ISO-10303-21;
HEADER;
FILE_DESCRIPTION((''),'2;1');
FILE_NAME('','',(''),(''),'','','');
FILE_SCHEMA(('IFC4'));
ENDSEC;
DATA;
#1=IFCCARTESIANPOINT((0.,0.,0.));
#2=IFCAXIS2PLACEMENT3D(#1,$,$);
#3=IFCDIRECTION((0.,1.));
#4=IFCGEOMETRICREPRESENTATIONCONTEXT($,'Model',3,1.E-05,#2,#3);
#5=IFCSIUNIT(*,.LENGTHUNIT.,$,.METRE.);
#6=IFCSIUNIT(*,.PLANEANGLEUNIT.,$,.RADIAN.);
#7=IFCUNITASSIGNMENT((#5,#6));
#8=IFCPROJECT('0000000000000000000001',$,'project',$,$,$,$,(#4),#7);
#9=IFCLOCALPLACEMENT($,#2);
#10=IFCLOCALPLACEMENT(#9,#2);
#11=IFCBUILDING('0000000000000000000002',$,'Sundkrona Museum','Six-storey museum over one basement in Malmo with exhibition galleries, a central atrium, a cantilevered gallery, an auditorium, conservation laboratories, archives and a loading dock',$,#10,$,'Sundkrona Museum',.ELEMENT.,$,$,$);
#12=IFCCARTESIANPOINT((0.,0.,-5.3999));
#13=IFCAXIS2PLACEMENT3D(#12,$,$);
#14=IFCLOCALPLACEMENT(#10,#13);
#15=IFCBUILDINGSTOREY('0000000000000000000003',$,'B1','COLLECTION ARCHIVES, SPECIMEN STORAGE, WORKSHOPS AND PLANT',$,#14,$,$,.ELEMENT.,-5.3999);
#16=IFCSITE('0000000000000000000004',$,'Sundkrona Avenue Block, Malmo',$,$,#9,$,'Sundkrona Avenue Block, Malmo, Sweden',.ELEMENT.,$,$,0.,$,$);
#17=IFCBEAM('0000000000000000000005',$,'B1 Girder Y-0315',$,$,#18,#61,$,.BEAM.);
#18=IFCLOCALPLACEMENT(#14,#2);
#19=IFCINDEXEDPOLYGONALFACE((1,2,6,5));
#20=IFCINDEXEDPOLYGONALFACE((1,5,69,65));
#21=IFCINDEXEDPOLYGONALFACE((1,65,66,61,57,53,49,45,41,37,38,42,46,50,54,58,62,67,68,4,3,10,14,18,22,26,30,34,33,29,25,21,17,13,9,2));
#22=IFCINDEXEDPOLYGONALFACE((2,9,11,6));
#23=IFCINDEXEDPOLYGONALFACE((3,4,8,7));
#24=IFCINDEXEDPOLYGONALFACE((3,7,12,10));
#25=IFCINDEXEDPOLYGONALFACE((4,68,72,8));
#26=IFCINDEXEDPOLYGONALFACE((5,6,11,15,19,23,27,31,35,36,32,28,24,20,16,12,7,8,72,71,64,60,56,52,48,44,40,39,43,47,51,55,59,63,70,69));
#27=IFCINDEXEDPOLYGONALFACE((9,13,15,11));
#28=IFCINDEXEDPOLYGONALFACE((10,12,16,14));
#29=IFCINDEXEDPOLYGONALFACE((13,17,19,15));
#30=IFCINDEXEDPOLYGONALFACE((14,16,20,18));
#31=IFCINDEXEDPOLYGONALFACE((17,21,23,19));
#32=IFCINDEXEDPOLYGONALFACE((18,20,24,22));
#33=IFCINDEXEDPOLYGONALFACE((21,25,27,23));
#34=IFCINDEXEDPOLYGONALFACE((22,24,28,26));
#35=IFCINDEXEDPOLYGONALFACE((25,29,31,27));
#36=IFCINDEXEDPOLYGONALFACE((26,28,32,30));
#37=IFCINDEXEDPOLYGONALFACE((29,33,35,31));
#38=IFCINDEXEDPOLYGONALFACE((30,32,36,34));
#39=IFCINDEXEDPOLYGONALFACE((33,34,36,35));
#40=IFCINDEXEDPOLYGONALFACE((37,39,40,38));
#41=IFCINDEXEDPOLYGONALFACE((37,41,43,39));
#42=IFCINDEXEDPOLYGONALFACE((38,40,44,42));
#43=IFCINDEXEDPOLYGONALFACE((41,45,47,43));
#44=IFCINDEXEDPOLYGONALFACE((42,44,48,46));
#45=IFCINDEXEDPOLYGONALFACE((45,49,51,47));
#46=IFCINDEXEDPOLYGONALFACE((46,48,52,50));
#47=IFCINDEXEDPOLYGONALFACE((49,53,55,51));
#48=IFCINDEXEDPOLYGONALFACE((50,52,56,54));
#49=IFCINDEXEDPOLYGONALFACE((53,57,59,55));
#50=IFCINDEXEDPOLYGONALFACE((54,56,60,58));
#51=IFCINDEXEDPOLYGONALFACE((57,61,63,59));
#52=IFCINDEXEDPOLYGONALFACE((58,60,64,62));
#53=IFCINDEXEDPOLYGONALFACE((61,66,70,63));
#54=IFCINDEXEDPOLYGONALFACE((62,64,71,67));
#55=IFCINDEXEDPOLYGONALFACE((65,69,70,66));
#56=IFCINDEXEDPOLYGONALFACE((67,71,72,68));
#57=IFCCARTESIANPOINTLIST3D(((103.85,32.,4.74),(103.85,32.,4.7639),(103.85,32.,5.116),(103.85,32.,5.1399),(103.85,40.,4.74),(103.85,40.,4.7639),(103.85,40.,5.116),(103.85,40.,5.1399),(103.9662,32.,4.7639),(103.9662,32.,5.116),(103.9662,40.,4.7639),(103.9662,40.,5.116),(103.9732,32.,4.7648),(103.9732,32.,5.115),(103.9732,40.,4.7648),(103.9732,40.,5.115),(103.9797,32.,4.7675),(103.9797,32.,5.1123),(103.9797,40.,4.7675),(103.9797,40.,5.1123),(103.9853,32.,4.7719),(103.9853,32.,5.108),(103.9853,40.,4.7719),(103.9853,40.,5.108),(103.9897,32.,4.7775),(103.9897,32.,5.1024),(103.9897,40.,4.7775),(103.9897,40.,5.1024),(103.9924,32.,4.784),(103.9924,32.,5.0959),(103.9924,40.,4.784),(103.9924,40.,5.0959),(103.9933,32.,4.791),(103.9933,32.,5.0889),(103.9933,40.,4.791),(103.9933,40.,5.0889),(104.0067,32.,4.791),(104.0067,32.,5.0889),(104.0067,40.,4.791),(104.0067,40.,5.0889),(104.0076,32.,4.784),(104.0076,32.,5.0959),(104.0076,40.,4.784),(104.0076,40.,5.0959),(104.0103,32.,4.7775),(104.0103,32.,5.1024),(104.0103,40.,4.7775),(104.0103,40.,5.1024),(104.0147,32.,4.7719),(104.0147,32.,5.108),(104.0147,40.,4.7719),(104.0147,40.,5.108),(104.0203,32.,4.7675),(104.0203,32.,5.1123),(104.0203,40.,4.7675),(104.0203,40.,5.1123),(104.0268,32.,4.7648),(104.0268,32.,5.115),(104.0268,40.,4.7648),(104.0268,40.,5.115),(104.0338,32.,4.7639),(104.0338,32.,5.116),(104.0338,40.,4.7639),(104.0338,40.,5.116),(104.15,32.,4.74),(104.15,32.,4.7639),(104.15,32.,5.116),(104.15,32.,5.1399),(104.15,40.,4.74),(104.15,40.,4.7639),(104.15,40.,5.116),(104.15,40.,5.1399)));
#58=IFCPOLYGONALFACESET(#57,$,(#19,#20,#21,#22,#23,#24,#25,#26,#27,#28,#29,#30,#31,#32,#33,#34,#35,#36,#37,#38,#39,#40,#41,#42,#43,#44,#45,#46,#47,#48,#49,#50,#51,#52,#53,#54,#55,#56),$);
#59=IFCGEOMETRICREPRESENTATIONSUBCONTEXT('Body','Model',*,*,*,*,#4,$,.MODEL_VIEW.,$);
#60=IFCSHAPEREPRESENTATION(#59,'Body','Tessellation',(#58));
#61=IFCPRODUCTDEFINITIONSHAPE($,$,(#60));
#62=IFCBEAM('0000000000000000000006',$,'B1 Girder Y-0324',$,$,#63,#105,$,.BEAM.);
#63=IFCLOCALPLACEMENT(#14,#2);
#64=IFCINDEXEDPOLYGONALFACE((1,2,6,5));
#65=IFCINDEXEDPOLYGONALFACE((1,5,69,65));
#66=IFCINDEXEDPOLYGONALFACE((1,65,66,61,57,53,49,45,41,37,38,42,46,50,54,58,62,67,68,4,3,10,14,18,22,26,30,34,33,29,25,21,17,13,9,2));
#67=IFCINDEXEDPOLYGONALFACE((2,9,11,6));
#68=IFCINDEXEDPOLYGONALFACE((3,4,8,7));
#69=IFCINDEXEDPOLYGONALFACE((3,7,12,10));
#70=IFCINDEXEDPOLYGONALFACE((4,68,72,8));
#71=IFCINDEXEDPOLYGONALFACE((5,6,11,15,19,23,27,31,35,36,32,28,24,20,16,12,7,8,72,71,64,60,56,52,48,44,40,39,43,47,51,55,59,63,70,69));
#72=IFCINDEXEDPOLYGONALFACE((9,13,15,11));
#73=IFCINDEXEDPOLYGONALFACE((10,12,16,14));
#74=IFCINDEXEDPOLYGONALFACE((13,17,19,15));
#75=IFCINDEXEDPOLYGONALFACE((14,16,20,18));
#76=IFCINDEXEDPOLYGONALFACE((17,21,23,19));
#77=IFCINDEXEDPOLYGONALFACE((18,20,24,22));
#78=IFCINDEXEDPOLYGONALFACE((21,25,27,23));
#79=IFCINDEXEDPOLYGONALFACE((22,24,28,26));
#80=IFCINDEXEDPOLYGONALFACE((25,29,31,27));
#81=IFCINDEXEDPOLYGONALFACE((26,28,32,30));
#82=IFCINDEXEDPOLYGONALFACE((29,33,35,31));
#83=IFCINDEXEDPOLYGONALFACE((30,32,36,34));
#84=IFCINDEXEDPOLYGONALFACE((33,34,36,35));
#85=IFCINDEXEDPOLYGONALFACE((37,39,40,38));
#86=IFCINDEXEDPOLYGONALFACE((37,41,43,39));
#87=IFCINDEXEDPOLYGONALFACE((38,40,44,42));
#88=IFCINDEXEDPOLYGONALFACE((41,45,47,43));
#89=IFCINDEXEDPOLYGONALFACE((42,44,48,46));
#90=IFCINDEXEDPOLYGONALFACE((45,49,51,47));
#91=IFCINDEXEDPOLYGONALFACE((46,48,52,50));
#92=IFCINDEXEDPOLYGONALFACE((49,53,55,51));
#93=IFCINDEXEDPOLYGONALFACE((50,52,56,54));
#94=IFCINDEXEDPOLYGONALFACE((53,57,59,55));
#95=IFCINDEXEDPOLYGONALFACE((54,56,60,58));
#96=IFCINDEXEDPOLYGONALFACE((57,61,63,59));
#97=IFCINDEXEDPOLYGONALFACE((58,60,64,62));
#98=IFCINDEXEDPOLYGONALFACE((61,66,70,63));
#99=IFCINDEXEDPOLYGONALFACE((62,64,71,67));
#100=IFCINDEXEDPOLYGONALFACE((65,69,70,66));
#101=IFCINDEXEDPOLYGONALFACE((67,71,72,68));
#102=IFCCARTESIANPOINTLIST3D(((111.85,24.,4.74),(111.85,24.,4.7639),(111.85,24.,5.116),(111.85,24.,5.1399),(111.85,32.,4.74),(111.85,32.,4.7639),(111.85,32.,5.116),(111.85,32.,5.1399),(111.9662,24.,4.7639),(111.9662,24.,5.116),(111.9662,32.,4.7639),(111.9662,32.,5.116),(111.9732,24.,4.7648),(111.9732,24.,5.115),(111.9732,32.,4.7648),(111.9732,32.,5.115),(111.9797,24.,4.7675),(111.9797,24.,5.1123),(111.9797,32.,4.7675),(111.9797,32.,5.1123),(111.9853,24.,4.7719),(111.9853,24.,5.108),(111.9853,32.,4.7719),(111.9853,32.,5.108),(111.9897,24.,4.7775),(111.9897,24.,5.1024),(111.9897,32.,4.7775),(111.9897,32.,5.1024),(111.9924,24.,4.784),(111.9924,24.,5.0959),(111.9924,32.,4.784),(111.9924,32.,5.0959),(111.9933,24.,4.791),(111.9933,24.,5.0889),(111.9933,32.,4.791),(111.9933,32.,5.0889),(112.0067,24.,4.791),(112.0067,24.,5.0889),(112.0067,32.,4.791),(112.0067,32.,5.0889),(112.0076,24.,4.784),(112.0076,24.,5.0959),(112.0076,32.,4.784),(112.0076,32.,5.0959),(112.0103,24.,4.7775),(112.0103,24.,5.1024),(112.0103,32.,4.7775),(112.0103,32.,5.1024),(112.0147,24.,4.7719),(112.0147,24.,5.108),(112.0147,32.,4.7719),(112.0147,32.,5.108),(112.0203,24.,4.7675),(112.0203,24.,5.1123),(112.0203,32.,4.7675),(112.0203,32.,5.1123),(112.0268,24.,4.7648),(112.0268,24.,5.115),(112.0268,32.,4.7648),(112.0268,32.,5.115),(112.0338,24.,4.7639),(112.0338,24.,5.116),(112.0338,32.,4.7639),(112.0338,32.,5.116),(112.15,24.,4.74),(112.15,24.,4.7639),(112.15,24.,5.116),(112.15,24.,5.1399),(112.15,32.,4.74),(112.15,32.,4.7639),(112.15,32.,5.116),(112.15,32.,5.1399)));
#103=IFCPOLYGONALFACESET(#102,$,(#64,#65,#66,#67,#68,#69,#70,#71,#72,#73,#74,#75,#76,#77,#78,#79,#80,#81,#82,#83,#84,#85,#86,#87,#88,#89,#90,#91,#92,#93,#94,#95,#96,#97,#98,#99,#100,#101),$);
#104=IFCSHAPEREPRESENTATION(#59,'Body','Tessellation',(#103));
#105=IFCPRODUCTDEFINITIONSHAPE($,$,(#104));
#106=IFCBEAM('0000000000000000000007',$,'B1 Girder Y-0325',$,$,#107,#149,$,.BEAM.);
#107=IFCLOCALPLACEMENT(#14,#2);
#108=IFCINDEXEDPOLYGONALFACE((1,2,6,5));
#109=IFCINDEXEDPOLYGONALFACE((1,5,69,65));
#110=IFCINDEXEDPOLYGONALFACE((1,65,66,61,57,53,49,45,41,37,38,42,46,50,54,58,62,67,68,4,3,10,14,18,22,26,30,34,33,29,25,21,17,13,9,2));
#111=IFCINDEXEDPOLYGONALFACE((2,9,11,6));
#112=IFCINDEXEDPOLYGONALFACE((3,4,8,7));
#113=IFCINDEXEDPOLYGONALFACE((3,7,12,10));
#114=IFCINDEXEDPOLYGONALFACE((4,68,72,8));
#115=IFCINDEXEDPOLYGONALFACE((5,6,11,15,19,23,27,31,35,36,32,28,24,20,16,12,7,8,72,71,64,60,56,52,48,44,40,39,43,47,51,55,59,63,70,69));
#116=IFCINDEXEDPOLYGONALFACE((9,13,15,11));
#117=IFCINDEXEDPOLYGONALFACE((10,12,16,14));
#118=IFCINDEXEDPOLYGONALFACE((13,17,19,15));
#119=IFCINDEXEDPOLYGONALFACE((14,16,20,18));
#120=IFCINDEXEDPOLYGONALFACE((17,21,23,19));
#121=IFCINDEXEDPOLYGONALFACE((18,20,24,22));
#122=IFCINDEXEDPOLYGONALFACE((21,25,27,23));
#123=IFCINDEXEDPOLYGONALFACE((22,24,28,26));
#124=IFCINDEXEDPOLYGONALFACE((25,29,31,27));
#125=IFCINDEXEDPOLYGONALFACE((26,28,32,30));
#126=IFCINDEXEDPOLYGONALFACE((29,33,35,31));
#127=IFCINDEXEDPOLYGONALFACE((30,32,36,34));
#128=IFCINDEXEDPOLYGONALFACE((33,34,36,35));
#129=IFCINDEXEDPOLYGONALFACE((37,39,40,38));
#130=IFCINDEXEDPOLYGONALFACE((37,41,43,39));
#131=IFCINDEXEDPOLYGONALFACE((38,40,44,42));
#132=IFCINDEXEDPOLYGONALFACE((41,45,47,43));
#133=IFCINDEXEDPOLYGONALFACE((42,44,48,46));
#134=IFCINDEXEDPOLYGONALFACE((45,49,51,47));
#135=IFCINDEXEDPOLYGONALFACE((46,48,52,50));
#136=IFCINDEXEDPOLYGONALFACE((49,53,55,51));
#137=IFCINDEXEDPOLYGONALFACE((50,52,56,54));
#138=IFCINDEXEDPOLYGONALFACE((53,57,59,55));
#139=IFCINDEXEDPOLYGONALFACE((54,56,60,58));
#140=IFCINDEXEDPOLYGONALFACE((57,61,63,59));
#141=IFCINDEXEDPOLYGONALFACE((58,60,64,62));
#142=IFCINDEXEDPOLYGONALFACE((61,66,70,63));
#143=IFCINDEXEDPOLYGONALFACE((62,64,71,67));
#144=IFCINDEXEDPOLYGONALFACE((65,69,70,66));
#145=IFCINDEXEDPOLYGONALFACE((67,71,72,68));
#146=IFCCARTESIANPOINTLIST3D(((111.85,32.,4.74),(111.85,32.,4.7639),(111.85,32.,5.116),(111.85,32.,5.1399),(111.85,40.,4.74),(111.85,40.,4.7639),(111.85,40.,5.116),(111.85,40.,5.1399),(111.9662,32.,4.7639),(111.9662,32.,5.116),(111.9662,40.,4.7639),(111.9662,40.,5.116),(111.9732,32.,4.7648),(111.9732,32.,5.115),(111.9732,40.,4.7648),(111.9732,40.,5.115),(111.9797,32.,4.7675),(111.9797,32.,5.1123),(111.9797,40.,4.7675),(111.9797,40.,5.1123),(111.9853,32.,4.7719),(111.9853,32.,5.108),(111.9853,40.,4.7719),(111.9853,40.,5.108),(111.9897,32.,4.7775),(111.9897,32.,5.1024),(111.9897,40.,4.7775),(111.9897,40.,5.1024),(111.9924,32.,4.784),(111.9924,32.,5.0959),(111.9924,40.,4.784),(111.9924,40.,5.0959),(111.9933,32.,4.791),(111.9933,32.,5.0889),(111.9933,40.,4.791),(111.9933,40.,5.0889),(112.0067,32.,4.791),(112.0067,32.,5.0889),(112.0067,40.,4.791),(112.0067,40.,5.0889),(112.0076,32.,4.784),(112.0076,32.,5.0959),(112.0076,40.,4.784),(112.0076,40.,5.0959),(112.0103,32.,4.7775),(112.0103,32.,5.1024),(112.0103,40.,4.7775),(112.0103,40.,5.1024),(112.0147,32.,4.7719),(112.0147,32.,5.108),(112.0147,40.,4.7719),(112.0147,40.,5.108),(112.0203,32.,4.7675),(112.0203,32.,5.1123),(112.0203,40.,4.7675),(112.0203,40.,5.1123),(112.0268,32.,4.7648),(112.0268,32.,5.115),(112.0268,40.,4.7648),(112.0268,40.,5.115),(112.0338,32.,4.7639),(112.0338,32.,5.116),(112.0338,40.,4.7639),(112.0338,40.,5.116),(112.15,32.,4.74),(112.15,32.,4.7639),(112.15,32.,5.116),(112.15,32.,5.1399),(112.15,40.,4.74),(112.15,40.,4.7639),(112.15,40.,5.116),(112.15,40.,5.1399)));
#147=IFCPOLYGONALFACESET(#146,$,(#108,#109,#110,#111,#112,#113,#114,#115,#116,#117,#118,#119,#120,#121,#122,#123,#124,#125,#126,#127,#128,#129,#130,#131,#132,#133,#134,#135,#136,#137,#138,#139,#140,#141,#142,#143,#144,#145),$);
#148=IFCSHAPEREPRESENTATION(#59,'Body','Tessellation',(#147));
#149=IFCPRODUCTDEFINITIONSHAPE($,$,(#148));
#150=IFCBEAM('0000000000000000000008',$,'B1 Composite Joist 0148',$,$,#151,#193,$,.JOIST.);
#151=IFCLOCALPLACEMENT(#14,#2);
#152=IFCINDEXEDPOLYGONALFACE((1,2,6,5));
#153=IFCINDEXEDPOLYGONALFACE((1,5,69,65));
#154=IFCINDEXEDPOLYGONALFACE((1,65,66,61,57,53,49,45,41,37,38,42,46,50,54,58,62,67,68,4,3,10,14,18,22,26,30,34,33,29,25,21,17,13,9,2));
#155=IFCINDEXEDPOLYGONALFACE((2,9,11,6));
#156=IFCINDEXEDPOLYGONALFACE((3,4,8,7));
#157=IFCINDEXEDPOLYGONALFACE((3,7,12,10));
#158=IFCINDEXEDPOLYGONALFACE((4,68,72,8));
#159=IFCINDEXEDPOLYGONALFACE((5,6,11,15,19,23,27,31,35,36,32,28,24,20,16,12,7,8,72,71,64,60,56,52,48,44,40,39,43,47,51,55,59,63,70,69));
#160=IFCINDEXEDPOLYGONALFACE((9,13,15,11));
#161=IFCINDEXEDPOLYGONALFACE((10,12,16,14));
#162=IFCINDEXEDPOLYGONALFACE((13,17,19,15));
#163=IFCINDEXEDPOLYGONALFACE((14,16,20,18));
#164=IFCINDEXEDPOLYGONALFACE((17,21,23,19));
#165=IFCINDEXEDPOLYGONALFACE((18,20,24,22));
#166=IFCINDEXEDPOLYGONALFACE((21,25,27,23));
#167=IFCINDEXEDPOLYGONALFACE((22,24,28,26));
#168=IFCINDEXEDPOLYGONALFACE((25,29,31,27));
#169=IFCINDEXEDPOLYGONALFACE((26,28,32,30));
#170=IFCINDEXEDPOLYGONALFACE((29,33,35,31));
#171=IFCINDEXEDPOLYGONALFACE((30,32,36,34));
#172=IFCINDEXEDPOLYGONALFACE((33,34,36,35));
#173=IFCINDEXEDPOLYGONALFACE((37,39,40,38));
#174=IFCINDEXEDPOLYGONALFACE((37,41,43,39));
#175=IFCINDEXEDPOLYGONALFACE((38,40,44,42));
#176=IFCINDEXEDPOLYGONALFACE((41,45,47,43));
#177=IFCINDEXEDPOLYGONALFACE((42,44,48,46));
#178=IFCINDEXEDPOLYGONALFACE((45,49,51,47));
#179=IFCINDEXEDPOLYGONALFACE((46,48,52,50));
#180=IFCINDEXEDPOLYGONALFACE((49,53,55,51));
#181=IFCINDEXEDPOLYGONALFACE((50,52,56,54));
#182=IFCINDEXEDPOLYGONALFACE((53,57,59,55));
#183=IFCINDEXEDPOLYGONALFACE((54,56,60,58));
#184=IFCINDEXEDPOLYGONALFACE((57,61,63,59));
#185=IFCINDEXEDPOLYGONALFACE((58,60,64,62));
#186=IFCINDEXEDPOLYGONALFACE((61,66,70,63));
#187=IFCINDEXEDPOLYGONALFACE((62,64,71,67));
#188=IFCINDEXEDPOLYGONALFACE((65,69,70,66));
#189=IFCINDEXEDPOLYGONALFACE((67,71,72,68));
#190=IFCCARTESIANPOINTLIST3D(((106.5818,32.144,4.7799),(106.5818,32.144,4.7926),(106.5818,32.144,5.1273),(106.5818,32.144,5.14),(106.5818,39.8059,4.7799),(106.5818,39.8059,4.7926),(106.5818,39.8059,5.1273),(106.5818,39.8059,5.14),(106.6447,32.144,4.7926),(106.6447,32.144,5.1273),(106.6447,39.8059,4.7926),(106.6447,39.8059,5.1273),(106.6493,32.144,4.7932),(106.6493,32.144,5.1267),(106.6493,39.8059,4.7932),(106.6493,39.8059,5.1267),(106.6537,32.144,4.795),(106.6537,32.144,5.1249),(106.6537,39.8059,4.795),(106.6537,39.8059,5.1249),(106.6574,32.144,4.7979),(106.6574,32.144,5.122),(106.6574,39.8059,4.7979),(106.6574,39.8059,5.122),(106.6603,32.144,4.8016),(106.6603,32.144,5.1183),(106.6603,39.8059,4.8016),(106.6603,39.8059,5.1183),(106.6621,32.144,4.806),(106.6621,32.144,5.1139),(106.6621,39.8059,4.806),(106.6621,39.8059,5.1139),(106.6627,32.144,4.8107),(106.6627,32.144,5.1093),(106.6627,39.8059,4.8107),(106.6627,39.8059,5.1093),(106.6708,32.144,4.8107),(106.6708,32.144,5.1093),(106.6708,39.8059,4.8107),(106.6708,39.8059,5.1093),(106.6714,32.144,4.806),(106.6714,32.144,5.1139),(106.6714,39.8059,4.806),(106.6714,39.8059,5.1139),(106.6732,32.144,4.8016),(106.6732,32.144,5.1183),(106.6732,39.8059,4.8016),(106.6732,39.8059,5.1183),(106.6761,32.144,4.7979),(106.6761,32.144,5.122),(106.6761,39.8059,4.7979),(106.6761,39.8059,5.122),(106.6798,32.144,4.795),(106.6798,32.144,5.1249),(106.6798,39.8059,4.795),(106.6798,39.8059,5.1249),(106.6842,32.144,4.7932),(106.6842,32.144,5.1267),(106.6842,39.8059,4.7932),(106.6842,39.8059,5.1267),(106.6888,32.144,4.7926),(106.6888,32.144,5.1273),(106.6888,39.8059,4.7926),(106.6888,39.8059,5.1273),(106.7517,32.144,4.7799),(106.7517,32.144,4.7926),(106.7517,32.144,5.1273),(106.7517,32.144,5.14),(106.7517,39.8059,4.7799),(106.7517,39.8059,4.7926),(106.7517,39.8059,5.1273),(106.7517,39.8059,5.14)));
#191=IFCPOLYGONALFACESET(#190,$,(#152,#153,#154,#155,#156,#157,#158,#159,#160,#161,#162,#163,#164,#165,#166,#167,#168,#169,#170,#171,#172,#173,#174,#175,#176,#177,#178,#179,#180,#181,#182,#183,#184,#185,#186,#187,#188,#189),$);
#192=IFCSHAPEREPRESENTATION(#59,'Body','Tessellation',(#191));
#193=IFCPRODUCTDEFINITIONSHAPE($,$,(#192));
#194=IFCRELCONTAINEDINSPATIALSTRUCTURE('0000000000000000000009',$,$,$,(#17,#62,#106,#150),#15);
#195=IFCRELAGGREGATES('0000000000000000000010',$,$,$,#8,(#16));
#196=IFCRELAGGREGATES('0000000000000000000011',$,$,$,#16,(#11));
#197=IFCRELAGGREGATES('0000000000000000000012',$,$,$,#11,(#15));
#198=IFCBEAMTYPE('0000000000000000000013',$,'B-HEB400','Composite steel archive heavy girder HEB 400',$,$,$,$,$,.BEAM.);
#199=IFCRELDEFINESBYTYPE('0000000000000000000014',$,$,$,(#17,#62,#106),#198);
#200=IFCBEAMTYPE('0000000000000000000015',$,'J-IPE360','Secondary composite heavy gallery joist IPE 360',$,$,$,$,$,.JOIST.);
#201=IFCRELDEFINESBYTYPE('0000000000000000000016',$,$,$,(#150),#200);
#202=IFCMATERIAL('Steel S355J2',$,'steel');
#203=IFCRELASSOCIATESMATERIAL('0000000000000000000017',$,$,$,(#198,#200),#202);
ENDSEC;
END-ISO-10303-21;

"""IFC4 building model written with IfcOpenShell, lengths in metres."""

from ifc_helpers import new_model, si_unit, direction, frame, origin, origin_2d, place, context, subcontext, project, spatial, i_section, extrude, material, material_profile, profile_set, type_object, element, save


model = new_model("IFC4")

# Units and contexts
model_context = context("Model", 3, precision=1e-05, world=origin(), true_north=direction((0.0, 1.0)))
body_context = subcontext(model_context, "Body", "Model", "MODEL_VIEW")
ifc_project = project(units=[si_unit("LENGTHUNIT", "METRE"), si_unit("PLANEANGLEUNIT", "RADIAN")], contexts=[model_context])

# Site, building, storey
site_placement = place(None, origin())
site = spatial("IfcSite", under=ifc_project, at=site_placement, Name="Sundkrona Avenue Block, Malmo", LongName="Sundkrona Avenue Block, Malmo, Sweden", CompositionType="ELEMENT", RefElevation=0.0)
building_placement = place(site_placement, origin())
building = spatial("IfcBuilding", under=site, at=building_placement, Name="Sundkrona Museum", Description="Six-storey museum over one basement in Malmo with exhibition galleries, a central atrium, a cantilevered gallery, an auditorium, conservation laboratories, archives and a loading dock", LongName="Sundkrona Museum", CompositionType="ELEMENT")
storey_placement = place(building_placement, frame((0.0, 0.0, -5.3999)))
storey = spatial("IfcBuildingStorey", under=building, at=storey_placement, Name="B1", Description="COLLECTION ARCHIVES, SPECIMEN STORAGE, WORKSHOPS AND PLANT", CompositionType="ELEMENT", Elevation=-5.3999)

# Shared definitions
ifc_material_1 = material(Name="Steel S355J2", Category="steel")

# Beams
ifc_material_profile_1 = material_profile(ifc_material_1, i_section(OverallWidth=0.3, OverallDepth=0.3999, WebThickness=0.0134, FlangeThickness=0.0239, FilletRadius=0.0271, at=origin_2d()), Name="HEB 400")
ifc_profile_set_1 = profile_set([ifc_material_profile_1], Name="Steel S355J2")
beam_type_1 = type_object("IfcBeamType", Name="B-HEB400", Description="Composite steel archive heavy girder HEB 400", PredefinedType="BEAM", material=ifc_profile_set_1)
for number, where, z_axis, x_axis, name in (
    (1, (104.0, 32.0, 4.9399), (0.0, 1.0, 0.0), (-1.0, 0.0, 0.0), "B1 Girder Y-0315"),
    (2, (112.0, 24.0, 4.9399), (0.0, 1.0, 0.0), (-1.0, 0.0, 0.0), "B1 Girder Y-0324"),
    (3, (112.0, 32.0, 4.9399), (0.0, 1.0, 0.0), (-1.0, 0.0, 0.0), "B1 Girder Y-0325"),
):
    element("IfcBeam", number, at=place(storey_placement, frame(where, z_axis=z_axis, x_axis=x_axis)), inside=storey, type_object=beam_type_1, Name=name, PredefinedType="BEAM", context=body_context, shape_type="SweptSolid", body=[
        extrude(i_section(OverallWidth=0.3, OverallDepth=0.3999, WebThickness=0.0134, FlangeThickness=0.0239, FilletRadius=0.0271, at=origin_2d()), origin(), (0.0, 0.0, 1.0), 8.0),
    ])
ifc_material_profile_2 = material_profile(ifc_material_1, i_section(OverallWidth=0.1699, OverallDepth=0.3601, WebThickness=0.0081, FlangeThickness=0.0127, FilletRadius=0.0181, at=origin_2d()), Name="IPE 360")
ifc_profile_set_2 = profile_set([ifc_material_profile_2], Name="Steel S355J2")
beam_type_2 = type_object("IfcBeamType", Name="J-IPE360", Description="Secondary composite heavy gallery joist IPE 360", PredefinedType="JOIST", material=ifc_profile_set_2)
for number, where, z_axis, x_axis, name in (
    (4, (106.6667, 32.144, 4.96), (0.0, 1.0, 0.0), (-1.0, 0.0, 0.0), "B1 Composite Joist 0148"),
):
    element("IfcBeam", number, at=place(storey_placement, frame(where, z_axis=z_axis, x_axis=x_axis)), inside=storey, type_object=beam_type_2, Name=name, PredefinedType="JOIST", context=body_context, shape_type="SweptSolid", body=[
        extrude(i_section(OverallWidth=0.1699, OverallDepth=0.3601, WebThickness=0.0081, FlangeThickness=0.0127, FilletRadius=0.0181, at=origin_2d()), origin(), (0.0, 0.0, 1.0), 7.6619),
    ])

save(model, "model.ifc")
